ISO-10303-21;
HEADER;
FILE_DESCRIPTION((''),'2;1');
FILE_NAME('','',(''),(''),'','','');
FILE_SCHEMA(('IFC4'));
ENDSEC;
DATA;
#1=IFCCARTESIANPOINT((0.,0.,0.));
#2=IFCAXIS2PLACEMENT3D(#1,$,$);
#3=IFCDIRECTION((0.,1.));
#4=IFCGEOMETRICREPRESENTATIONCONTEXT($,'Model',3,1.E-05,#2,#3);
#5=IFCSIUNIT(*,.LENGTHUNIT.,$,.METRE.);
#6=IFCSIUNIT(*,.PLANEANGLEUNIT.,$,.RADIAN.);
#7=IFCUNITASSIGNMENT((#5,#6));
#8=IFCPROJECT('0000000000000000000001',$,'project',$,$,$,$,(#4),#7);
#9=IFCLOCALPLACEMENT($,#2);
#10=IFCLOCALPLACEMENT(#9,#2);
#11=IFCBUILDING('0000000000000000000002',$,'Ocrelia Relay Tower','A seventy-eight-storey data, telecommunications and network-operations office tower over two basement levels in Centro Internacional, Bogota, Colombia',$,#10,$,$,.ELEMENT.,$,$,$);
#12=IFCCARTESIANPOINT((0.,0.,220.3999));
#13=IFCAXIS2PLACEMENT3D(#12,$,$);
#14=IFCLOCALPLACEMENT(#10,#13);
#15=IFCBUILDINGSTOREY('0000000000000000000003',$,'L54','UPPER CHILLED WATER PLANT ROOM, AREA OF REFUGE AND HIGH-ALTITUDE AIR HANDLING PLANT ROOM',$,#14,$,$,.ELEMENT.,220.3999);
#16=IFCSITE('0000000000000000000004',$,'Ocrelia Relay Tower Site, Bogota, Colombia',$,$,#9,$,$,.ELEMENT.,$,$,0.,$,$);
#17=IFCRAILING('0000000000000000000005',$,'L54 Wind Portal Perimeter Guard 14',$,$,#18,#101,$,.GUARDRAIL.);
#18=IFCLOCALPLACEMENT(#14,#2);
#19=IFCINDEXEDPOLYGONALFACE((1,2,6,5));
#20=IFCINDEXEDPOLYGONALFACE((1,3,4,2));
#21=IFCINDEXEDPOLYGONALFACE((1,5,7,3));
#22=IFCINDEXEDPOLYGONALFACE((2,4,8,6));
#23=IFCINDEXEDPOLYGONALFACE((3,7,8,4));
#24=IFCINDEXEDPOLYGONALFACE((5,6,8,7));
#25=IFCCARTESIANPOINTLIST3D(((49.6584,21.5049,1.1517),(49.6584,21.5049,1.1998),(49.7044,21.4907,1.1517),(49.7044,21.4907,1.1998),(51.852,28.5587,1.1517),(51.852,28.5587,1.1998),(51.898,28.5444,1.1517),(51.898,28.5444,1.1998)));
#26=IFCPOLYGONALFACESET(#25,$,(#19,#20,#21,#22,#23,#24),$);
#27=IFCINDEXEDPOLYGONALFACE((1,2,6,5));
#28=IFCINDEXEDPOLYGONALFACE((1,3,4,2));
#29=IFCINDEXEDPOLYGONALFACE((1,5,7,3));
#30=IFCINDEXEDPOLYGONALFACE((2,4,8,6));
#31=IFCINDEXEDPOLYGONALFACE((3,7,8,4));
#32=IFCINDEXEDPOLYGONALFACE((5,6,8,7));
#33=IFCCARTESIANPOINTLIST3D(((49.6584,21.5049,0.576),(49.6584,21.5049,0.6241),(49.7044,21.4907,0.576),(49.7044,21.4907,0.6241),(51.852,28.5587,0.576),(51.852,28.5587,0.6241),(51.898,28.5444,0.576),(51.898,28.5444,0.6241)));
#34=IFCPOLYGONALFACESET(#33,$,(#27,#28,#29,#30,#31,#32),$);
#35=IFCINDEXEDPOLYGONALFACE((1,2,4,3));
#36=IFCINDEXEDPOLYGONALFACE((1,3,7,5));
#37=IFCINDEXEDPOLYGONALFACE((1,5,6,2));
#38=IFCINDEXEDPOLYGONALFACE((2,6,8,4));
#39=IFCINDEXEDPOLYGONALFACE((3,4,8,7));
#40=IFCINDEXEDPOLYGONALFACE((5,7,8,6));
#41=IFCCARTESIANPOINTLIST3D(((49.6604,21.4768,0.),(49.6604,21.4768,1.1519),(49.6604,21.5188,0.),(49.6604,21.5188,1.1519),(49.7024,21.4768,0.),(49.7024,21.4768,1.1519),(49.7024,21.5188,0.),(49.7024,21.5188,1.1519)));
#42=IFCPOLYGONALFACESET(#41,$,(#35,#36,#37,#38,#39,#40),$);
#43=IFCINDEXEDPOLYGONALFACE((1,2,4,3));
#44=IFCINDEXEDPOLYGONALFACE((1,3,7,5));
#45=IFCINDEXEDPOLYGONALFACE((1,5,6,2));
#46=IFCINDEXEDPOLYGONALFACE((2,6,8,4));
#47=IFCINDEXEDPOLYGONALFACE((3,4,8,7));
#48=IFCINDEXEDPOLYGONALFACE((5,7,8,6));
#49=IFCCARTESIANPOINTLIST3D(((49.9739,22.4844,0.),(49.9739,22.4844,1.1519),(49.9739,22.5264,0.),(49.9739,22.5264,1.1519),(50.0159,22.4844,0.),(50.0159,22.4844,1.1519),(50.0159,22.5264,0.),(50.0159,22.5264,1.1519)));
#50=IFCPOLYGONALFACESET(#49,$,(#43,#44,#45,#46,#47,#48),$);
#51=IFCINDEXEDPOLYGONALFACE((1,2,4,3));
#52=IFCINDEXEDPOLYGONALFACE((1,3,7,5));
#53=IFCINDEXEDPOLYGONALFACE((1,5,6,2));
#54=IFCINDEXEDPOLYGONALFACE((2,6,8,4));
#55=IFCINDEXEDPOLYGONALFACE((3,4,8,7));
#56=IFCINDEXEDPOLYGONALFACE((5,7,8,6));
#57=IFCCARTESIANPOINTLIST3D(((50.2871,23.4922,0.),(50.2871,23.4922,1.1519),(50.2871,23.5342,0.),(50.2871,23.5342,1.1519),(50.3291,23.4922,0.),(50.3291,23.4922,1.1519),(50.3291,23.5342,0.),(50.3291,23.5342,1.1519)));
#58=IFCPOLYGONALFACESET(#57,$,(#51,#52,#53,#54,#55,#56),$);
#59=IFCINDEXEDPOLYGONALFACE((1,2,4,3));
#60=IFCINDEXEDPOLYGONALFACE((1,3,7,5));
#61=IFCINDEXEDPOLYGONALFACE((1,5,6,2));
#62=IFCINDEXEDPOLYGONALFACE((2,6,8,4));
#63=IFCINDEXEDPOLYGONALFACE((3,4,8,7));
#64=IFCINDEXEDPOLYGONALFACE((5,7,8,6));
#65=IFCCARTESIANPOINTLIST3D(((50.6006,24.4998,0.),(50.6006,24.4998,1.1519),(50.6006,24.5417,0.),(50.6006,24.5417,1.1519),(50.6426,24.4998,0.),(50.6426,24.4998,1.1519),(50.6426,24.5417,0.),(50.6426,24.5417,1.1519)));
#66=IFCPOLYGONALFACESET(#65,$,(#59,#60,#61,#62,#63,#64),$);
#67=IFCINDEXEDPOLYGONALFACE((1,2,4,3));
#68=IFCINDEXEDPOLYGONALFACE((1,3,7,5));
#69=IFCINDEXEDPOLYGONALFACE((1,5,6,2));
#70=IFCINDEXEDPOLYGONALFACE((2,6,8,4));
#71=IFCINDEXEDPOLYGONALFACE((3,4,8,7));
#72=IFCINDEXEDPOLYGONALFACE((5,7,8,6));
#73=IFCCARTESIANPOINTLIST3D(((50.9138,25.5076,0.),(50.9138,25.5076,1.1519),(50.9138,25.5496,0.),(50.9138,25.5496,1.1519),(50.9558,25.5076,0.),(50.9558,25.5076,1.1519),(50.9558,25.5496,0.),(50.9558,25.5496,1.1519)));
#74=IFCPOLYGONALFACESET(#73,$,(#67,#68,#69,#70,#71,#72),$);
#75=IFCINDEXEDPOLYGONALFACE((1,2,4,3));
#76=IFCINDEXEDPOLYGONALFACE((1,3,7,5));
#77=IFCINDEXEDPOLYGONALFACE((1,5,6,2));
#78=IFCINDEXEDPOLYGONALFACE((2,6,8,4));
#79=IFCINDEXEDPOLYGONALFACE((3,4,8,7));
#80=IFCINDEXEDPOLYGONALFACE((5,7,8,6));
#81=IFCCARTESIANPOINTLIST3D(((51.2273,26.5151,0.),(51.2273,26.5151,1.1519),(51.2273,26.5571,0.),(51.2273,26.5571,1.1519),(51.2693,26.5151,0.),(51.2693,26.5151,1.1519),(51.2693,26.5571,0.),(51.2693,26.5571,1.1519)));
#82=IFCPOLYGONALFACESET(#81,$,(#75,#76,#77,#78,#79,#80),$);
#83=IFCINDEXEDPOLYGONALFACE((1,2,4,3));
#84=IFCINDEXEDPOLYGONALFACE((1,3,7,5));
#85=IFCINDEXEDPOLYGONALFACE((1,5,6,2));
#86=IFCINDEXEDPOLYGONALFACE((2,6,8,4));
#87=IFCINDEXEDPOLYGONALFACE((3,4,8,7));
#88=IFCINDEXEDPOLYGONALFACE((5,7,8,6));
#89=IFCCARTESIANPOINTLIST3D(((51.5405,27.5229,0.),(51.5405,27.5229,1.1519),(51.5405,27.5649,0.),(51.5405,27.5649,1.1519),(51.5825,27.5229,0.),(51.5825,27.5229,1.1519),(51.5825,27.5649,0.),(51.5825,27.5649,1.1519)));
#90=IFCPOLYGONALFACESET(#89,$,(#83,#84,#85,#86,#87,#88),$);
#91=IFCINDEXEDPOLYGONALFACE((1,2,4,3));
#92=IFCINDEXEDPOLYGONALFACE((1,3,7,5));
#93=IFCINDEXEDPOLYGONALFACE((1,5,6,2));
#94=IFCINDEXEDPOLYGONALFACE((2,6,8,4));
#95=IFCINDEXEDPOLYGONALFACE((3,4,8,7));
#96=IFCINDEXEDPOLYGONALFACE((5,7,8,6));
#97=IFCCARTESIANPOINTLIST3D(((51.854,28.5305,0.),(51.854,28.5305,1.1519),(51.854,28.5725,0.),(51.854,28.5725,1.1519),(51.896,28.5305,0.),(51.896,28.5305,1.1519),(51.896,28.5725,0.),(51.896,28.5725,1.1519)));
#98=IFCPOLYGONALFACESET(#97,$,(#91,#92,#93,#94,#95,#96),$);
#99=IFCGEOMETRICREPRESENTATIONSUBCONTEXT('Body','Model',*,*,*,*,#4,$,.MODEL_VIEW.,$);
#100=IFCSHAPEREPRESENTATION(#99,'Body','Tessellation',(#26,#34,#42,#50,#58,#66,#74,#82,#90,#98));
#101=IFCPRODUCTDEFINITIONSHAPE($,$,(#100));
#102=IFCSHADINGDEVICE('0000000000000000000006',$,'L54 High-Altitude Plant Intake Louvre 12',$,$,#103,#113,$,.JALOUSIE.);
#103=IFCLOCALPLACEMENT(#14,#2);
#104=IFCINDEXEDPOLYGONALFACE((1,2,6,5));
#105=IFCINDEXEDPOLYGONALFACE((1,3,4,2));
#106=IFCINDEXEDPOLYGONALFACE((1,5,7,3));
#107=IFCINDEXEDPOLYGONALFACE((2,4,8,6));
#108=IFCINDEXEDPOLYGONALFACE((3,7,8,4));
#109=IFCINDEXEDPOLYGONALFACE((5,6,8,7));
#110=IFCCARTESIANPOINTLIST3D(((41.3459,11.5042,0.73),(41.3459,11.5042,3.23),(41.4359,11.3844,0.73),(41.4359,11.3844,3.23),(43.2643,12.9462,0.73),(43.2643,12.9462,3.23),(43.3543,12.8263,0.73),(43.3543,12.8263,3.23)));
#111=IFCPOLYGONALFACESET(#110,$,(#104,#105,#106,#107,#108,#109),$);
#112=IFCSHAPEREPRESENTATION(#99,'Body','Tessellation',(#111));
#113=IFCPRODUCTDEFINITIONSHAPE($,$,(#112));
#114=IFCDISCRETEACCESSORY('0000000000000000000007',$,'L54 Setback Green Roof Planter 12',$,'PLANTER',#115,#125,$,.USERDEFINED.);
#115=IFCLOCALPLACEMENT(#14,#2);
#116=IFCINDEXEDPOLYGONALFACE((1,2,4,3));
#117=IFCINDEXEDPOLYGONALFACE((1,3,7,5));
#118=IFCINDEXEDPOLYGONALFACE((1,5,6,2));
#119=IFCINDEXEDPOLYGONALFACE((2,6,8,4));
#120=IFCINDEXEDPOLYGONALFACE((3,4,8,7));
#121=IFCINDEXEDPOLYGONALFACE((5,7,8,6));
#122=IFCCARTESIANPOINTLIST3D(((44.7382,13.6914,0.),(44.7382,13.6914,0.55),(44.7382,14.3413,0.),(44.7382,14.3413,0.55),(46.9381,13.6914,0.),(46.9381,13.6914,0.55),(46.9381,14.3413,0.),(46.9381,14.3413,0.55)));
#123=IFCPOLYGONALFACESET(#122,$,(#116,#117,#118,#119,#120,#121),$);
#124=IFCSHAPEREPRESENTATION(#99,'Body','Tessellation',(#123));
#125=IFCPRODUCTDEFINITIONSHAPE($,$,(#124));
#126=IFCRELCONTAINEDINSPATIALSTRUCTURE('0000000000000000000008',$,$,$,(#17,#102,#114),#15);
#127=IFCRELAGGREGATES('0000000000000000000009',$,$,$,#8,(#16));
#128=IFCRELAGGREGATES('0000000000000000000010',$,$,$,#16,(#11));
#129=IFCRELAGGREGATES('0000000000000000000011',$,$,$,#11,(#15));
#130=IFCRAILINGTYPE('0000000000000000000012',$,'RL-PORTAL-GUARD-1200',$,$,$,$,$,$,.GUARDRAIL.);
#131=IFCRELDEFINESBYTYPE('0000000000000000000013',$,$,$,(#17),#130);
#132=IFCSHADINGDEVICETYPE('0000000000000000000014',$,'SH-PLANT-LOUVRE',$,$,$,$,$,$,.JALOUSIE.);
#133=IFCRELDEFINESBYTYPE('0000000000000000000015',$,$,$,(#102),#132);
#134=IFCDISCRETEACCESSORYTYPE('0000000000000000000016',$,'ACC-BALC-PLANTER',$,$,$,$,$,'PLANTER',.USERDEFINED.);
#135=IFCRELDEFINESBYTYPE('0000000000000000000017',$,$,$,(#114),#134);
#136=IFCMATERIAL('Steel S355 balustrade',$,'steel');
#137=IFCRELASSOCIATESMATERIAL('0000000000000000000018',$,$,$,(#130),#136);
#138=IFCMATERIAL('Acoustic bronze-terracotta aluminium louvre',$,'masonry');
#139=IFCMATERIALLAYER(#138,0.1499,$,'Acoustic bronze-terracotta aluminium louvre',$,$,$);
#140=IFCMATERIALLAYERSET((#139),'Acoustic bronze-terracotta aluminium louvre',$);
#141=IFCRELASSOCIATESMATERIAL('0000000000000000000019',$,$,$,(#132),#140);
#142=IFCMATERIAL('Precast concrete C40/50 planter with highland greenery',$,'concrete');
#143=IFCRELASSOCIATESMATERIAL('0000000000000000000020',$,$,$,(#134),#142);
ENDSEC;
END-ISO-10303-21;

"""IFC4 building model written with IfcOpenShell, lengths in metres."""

from ifc_helpers import new_model, si_unit, direction, frame, origin, origin_2d, place, context, subcontext, project, spatial, rectangle, extrude, material, layer, layer_set, type_object, element, save


model = new_model("IFC4")

# Units and contexts
model_context = context("Model", 3, precision=1e-05, world=origin(), true_north=direction((0.0, 1.0)))
body_context = subcontext(model_context, "Body", "Model", "MODEL_VIEW")
ifc_project = project(units=[si_unit("LENGTHUNIT", "METRE"), si_unit("PLANEANGLEUNIT", "RADIAN")], contexts=[model_context])

# Site, building, storey
site_placement = place(None, origin())
site = spatial("IfcSite", under=ifc_project, at=site_placement, Name="Ocrelia Relay Tower Site, Bogota, Colombia", CompositionType="ELEMENT", RefElevation=0.0)
building_placement = place(site_placement, origin())
building = spatial("IfcBuilding", under=site, at=building_placement, Name="Ocrelia Relay Tower", Description="A seventy-eight-storey data, telecommunications and network-operations office tower over two basement levels in Centro Internacional, Bogota, Colombia", CompositionType="ELEMENT")
storey_placement = place(building_placement, frame((0.0, 0.0, 220.3999)))
storey = spatial("IfcBuildingStorey", under=building, at=storey_placement, Name="L54", Description="UPPER CHILLED WATER PLANT ROOM, AREA OF REFUGE AND HIGH-ALTITUDE AIR HANDLING PLANT ROOM", CompositionType="ELEMENT", Elevation=220.3999)

# Railing
ifc_material_1 = material(Name="Steel S355 balustrade", Category="steel")
railing_type = type_object("IfcRailingType", Name="RL-PORTAL-GUARD-1200", PredefinedType="GUARDRAIL", material=ifc_material_1)
railing_placement = place(storey_placement, frame((49.6814, 21.4978, 0.0)))
element("IfcRailing", 1, at=railing_placement, inside=storey, type_object=railing_type, Name="L54 Wind Portal Perimeter Guard 14", PredefinedType="GUARDRAIL", context=body_context, shape_type="SweptSolid", body=[
    extrude(rectangle(XDim=0.0481, YDim=0.0481, at=origin_2d()), frame((0.0, 0.0, 1.1758), z_axis=(0.296957, 0.954891, 0.0), x_axis=(-0.954891, 0.296957, 0.0)), (0.0, 0.0, 1.0), 7.387),
    extrude(rectangle(XDim=0.0481, YDim=0.0481, at=origin_2d()), frame((0.0, 0.0, 0.6001), z_axis=(0.296957, 0.954891, 0.0), x_axis=(-0.954891, 0.296957, 0.0)), (0.0, 0.0, 1.0), 7.387),
    extrude(rectangle(XDim=0.042, YDim=0.042, at=origin_2d()), origin(), (0.0, 0.0, 1.0), 1.1519),
    extrude(rectangle(XDim=0.042, YDim=0.042, at=origin_2d()), frame((0.3135, 1.0076, 0.0)), (0.0, 0.0, 1.0), 1.1519),
    extrude(rectangle(XDim=0.042, YDim=0.042, at=origin_2d()), frame((0.6267, 2.0154, 0.0)), (0.0, 0.0, 1.0), 1.1519),
    extrude(rectangle(XDim=0.042, YDim=0.042, at=origin_2d()), frame((0.9402, 3.0229, 0.0)), (0.0, 0.0, 1.0), 1.1519),
    extrude(rectangle(XDim=0.042, YDim=0.042, at=origin_2d()), frame((1.2534, 4.0308, 0.0)), (0.0, 0.0, 1.0), 1.1519),
    extrude(rectangle(XDim=0.042, YDim=0.042, at=origin_2d()), frame((1.5669, 5.0383, 0.0)), (0.0, 0.0, 1.0), 1.1519),
    extrude(rectangle(XDim=0.042, YDim=0.042, at=origin_2d()), frame((1.8801, 6.0461, 0.0)), (0.0, 0.0, 1.0), 1.1519),
    extrude(rectangle(XDim=0.042, YDim=0.042, at=origin_2d()), frame((2.1936, 7.0537, 0.0)), (0.0, 0.0, 1.0), 1.1519),
])

# Shading device
ifc_material_2 = material(Name="Acoustic bronze-terracotta aluminium louvre", Category="masonry")
ifc_layer_1 = layer(ifc_material_2, 0.1499, Name="Acoustic bronze-terracotta aluminium louvre")
ifc_layer_set_1 = layer_set([ifc_layer_1], Name="Acoustic bronze-terracotta aluminium louvre")
shading_device_type = type_object("IfcShadingDeviceType", Name="SH-PLANT-LOUVRE", PredefinedType="JALOUSIE", material=ifc_layer_set_1)
shading_device_placement = place(storey_placement, frame((42.3501, 12.1653, 0.73), z_axis=(0.0, 0.0, 1.0), x_axis=(0.799375, 0.600832, 0.0)))
element("IfcShadingDevice", 2, at=shading_device_placement, inside=storey, type_object=shading_device_type, Name="L54 High-Altitude Plant Intake Louvre 12", PredefinedType="JALOUSIE", context=body_context, shape_type="SweptSolid", body=[
    extrude(rectangle(XDim=2.3999, YDim=0.1499, at=origin_2d()), origin(), (0.0, 0.0, 1.0), 2.5),
])

# Discrete accessory
ifc_material_3 = material(Name="Precast concrete C40/50 planter with highland greenery", Category="concrete")
discrete_accessory_type = type_object("IfcDiscreteAccessoryType", Name="ACC-BALC-PLANTER", ElementType="PLANTER", PredefinedType="USERDEFINED", material=ifc_material_3)
discrete_accessory_placement = place(storey_placement, frame((45.8381, 14.0164, 0.0), z_axis=(0.0, 0.0, 1.0), x_axis=(1.0, 0.0, 0.0)))
element("IfcDiscreteAccessory", 3, at=discrete_accessory_placement, inside=storey, type_object=discrete_accessory_type, Name="L54 Setback Green Roof Planter 12", ObjectType="PLANTER", PredefinedType="USERDEFINED", context=body_context, shape_type="SweptSolid", body=[
    extrude(rectangle(XDim=2.2, YDim=0.6499, at=origin_2d()), origin(), (0.0, 0.0, 1.0), 0.55),
])

save(model, "model.ifc")
